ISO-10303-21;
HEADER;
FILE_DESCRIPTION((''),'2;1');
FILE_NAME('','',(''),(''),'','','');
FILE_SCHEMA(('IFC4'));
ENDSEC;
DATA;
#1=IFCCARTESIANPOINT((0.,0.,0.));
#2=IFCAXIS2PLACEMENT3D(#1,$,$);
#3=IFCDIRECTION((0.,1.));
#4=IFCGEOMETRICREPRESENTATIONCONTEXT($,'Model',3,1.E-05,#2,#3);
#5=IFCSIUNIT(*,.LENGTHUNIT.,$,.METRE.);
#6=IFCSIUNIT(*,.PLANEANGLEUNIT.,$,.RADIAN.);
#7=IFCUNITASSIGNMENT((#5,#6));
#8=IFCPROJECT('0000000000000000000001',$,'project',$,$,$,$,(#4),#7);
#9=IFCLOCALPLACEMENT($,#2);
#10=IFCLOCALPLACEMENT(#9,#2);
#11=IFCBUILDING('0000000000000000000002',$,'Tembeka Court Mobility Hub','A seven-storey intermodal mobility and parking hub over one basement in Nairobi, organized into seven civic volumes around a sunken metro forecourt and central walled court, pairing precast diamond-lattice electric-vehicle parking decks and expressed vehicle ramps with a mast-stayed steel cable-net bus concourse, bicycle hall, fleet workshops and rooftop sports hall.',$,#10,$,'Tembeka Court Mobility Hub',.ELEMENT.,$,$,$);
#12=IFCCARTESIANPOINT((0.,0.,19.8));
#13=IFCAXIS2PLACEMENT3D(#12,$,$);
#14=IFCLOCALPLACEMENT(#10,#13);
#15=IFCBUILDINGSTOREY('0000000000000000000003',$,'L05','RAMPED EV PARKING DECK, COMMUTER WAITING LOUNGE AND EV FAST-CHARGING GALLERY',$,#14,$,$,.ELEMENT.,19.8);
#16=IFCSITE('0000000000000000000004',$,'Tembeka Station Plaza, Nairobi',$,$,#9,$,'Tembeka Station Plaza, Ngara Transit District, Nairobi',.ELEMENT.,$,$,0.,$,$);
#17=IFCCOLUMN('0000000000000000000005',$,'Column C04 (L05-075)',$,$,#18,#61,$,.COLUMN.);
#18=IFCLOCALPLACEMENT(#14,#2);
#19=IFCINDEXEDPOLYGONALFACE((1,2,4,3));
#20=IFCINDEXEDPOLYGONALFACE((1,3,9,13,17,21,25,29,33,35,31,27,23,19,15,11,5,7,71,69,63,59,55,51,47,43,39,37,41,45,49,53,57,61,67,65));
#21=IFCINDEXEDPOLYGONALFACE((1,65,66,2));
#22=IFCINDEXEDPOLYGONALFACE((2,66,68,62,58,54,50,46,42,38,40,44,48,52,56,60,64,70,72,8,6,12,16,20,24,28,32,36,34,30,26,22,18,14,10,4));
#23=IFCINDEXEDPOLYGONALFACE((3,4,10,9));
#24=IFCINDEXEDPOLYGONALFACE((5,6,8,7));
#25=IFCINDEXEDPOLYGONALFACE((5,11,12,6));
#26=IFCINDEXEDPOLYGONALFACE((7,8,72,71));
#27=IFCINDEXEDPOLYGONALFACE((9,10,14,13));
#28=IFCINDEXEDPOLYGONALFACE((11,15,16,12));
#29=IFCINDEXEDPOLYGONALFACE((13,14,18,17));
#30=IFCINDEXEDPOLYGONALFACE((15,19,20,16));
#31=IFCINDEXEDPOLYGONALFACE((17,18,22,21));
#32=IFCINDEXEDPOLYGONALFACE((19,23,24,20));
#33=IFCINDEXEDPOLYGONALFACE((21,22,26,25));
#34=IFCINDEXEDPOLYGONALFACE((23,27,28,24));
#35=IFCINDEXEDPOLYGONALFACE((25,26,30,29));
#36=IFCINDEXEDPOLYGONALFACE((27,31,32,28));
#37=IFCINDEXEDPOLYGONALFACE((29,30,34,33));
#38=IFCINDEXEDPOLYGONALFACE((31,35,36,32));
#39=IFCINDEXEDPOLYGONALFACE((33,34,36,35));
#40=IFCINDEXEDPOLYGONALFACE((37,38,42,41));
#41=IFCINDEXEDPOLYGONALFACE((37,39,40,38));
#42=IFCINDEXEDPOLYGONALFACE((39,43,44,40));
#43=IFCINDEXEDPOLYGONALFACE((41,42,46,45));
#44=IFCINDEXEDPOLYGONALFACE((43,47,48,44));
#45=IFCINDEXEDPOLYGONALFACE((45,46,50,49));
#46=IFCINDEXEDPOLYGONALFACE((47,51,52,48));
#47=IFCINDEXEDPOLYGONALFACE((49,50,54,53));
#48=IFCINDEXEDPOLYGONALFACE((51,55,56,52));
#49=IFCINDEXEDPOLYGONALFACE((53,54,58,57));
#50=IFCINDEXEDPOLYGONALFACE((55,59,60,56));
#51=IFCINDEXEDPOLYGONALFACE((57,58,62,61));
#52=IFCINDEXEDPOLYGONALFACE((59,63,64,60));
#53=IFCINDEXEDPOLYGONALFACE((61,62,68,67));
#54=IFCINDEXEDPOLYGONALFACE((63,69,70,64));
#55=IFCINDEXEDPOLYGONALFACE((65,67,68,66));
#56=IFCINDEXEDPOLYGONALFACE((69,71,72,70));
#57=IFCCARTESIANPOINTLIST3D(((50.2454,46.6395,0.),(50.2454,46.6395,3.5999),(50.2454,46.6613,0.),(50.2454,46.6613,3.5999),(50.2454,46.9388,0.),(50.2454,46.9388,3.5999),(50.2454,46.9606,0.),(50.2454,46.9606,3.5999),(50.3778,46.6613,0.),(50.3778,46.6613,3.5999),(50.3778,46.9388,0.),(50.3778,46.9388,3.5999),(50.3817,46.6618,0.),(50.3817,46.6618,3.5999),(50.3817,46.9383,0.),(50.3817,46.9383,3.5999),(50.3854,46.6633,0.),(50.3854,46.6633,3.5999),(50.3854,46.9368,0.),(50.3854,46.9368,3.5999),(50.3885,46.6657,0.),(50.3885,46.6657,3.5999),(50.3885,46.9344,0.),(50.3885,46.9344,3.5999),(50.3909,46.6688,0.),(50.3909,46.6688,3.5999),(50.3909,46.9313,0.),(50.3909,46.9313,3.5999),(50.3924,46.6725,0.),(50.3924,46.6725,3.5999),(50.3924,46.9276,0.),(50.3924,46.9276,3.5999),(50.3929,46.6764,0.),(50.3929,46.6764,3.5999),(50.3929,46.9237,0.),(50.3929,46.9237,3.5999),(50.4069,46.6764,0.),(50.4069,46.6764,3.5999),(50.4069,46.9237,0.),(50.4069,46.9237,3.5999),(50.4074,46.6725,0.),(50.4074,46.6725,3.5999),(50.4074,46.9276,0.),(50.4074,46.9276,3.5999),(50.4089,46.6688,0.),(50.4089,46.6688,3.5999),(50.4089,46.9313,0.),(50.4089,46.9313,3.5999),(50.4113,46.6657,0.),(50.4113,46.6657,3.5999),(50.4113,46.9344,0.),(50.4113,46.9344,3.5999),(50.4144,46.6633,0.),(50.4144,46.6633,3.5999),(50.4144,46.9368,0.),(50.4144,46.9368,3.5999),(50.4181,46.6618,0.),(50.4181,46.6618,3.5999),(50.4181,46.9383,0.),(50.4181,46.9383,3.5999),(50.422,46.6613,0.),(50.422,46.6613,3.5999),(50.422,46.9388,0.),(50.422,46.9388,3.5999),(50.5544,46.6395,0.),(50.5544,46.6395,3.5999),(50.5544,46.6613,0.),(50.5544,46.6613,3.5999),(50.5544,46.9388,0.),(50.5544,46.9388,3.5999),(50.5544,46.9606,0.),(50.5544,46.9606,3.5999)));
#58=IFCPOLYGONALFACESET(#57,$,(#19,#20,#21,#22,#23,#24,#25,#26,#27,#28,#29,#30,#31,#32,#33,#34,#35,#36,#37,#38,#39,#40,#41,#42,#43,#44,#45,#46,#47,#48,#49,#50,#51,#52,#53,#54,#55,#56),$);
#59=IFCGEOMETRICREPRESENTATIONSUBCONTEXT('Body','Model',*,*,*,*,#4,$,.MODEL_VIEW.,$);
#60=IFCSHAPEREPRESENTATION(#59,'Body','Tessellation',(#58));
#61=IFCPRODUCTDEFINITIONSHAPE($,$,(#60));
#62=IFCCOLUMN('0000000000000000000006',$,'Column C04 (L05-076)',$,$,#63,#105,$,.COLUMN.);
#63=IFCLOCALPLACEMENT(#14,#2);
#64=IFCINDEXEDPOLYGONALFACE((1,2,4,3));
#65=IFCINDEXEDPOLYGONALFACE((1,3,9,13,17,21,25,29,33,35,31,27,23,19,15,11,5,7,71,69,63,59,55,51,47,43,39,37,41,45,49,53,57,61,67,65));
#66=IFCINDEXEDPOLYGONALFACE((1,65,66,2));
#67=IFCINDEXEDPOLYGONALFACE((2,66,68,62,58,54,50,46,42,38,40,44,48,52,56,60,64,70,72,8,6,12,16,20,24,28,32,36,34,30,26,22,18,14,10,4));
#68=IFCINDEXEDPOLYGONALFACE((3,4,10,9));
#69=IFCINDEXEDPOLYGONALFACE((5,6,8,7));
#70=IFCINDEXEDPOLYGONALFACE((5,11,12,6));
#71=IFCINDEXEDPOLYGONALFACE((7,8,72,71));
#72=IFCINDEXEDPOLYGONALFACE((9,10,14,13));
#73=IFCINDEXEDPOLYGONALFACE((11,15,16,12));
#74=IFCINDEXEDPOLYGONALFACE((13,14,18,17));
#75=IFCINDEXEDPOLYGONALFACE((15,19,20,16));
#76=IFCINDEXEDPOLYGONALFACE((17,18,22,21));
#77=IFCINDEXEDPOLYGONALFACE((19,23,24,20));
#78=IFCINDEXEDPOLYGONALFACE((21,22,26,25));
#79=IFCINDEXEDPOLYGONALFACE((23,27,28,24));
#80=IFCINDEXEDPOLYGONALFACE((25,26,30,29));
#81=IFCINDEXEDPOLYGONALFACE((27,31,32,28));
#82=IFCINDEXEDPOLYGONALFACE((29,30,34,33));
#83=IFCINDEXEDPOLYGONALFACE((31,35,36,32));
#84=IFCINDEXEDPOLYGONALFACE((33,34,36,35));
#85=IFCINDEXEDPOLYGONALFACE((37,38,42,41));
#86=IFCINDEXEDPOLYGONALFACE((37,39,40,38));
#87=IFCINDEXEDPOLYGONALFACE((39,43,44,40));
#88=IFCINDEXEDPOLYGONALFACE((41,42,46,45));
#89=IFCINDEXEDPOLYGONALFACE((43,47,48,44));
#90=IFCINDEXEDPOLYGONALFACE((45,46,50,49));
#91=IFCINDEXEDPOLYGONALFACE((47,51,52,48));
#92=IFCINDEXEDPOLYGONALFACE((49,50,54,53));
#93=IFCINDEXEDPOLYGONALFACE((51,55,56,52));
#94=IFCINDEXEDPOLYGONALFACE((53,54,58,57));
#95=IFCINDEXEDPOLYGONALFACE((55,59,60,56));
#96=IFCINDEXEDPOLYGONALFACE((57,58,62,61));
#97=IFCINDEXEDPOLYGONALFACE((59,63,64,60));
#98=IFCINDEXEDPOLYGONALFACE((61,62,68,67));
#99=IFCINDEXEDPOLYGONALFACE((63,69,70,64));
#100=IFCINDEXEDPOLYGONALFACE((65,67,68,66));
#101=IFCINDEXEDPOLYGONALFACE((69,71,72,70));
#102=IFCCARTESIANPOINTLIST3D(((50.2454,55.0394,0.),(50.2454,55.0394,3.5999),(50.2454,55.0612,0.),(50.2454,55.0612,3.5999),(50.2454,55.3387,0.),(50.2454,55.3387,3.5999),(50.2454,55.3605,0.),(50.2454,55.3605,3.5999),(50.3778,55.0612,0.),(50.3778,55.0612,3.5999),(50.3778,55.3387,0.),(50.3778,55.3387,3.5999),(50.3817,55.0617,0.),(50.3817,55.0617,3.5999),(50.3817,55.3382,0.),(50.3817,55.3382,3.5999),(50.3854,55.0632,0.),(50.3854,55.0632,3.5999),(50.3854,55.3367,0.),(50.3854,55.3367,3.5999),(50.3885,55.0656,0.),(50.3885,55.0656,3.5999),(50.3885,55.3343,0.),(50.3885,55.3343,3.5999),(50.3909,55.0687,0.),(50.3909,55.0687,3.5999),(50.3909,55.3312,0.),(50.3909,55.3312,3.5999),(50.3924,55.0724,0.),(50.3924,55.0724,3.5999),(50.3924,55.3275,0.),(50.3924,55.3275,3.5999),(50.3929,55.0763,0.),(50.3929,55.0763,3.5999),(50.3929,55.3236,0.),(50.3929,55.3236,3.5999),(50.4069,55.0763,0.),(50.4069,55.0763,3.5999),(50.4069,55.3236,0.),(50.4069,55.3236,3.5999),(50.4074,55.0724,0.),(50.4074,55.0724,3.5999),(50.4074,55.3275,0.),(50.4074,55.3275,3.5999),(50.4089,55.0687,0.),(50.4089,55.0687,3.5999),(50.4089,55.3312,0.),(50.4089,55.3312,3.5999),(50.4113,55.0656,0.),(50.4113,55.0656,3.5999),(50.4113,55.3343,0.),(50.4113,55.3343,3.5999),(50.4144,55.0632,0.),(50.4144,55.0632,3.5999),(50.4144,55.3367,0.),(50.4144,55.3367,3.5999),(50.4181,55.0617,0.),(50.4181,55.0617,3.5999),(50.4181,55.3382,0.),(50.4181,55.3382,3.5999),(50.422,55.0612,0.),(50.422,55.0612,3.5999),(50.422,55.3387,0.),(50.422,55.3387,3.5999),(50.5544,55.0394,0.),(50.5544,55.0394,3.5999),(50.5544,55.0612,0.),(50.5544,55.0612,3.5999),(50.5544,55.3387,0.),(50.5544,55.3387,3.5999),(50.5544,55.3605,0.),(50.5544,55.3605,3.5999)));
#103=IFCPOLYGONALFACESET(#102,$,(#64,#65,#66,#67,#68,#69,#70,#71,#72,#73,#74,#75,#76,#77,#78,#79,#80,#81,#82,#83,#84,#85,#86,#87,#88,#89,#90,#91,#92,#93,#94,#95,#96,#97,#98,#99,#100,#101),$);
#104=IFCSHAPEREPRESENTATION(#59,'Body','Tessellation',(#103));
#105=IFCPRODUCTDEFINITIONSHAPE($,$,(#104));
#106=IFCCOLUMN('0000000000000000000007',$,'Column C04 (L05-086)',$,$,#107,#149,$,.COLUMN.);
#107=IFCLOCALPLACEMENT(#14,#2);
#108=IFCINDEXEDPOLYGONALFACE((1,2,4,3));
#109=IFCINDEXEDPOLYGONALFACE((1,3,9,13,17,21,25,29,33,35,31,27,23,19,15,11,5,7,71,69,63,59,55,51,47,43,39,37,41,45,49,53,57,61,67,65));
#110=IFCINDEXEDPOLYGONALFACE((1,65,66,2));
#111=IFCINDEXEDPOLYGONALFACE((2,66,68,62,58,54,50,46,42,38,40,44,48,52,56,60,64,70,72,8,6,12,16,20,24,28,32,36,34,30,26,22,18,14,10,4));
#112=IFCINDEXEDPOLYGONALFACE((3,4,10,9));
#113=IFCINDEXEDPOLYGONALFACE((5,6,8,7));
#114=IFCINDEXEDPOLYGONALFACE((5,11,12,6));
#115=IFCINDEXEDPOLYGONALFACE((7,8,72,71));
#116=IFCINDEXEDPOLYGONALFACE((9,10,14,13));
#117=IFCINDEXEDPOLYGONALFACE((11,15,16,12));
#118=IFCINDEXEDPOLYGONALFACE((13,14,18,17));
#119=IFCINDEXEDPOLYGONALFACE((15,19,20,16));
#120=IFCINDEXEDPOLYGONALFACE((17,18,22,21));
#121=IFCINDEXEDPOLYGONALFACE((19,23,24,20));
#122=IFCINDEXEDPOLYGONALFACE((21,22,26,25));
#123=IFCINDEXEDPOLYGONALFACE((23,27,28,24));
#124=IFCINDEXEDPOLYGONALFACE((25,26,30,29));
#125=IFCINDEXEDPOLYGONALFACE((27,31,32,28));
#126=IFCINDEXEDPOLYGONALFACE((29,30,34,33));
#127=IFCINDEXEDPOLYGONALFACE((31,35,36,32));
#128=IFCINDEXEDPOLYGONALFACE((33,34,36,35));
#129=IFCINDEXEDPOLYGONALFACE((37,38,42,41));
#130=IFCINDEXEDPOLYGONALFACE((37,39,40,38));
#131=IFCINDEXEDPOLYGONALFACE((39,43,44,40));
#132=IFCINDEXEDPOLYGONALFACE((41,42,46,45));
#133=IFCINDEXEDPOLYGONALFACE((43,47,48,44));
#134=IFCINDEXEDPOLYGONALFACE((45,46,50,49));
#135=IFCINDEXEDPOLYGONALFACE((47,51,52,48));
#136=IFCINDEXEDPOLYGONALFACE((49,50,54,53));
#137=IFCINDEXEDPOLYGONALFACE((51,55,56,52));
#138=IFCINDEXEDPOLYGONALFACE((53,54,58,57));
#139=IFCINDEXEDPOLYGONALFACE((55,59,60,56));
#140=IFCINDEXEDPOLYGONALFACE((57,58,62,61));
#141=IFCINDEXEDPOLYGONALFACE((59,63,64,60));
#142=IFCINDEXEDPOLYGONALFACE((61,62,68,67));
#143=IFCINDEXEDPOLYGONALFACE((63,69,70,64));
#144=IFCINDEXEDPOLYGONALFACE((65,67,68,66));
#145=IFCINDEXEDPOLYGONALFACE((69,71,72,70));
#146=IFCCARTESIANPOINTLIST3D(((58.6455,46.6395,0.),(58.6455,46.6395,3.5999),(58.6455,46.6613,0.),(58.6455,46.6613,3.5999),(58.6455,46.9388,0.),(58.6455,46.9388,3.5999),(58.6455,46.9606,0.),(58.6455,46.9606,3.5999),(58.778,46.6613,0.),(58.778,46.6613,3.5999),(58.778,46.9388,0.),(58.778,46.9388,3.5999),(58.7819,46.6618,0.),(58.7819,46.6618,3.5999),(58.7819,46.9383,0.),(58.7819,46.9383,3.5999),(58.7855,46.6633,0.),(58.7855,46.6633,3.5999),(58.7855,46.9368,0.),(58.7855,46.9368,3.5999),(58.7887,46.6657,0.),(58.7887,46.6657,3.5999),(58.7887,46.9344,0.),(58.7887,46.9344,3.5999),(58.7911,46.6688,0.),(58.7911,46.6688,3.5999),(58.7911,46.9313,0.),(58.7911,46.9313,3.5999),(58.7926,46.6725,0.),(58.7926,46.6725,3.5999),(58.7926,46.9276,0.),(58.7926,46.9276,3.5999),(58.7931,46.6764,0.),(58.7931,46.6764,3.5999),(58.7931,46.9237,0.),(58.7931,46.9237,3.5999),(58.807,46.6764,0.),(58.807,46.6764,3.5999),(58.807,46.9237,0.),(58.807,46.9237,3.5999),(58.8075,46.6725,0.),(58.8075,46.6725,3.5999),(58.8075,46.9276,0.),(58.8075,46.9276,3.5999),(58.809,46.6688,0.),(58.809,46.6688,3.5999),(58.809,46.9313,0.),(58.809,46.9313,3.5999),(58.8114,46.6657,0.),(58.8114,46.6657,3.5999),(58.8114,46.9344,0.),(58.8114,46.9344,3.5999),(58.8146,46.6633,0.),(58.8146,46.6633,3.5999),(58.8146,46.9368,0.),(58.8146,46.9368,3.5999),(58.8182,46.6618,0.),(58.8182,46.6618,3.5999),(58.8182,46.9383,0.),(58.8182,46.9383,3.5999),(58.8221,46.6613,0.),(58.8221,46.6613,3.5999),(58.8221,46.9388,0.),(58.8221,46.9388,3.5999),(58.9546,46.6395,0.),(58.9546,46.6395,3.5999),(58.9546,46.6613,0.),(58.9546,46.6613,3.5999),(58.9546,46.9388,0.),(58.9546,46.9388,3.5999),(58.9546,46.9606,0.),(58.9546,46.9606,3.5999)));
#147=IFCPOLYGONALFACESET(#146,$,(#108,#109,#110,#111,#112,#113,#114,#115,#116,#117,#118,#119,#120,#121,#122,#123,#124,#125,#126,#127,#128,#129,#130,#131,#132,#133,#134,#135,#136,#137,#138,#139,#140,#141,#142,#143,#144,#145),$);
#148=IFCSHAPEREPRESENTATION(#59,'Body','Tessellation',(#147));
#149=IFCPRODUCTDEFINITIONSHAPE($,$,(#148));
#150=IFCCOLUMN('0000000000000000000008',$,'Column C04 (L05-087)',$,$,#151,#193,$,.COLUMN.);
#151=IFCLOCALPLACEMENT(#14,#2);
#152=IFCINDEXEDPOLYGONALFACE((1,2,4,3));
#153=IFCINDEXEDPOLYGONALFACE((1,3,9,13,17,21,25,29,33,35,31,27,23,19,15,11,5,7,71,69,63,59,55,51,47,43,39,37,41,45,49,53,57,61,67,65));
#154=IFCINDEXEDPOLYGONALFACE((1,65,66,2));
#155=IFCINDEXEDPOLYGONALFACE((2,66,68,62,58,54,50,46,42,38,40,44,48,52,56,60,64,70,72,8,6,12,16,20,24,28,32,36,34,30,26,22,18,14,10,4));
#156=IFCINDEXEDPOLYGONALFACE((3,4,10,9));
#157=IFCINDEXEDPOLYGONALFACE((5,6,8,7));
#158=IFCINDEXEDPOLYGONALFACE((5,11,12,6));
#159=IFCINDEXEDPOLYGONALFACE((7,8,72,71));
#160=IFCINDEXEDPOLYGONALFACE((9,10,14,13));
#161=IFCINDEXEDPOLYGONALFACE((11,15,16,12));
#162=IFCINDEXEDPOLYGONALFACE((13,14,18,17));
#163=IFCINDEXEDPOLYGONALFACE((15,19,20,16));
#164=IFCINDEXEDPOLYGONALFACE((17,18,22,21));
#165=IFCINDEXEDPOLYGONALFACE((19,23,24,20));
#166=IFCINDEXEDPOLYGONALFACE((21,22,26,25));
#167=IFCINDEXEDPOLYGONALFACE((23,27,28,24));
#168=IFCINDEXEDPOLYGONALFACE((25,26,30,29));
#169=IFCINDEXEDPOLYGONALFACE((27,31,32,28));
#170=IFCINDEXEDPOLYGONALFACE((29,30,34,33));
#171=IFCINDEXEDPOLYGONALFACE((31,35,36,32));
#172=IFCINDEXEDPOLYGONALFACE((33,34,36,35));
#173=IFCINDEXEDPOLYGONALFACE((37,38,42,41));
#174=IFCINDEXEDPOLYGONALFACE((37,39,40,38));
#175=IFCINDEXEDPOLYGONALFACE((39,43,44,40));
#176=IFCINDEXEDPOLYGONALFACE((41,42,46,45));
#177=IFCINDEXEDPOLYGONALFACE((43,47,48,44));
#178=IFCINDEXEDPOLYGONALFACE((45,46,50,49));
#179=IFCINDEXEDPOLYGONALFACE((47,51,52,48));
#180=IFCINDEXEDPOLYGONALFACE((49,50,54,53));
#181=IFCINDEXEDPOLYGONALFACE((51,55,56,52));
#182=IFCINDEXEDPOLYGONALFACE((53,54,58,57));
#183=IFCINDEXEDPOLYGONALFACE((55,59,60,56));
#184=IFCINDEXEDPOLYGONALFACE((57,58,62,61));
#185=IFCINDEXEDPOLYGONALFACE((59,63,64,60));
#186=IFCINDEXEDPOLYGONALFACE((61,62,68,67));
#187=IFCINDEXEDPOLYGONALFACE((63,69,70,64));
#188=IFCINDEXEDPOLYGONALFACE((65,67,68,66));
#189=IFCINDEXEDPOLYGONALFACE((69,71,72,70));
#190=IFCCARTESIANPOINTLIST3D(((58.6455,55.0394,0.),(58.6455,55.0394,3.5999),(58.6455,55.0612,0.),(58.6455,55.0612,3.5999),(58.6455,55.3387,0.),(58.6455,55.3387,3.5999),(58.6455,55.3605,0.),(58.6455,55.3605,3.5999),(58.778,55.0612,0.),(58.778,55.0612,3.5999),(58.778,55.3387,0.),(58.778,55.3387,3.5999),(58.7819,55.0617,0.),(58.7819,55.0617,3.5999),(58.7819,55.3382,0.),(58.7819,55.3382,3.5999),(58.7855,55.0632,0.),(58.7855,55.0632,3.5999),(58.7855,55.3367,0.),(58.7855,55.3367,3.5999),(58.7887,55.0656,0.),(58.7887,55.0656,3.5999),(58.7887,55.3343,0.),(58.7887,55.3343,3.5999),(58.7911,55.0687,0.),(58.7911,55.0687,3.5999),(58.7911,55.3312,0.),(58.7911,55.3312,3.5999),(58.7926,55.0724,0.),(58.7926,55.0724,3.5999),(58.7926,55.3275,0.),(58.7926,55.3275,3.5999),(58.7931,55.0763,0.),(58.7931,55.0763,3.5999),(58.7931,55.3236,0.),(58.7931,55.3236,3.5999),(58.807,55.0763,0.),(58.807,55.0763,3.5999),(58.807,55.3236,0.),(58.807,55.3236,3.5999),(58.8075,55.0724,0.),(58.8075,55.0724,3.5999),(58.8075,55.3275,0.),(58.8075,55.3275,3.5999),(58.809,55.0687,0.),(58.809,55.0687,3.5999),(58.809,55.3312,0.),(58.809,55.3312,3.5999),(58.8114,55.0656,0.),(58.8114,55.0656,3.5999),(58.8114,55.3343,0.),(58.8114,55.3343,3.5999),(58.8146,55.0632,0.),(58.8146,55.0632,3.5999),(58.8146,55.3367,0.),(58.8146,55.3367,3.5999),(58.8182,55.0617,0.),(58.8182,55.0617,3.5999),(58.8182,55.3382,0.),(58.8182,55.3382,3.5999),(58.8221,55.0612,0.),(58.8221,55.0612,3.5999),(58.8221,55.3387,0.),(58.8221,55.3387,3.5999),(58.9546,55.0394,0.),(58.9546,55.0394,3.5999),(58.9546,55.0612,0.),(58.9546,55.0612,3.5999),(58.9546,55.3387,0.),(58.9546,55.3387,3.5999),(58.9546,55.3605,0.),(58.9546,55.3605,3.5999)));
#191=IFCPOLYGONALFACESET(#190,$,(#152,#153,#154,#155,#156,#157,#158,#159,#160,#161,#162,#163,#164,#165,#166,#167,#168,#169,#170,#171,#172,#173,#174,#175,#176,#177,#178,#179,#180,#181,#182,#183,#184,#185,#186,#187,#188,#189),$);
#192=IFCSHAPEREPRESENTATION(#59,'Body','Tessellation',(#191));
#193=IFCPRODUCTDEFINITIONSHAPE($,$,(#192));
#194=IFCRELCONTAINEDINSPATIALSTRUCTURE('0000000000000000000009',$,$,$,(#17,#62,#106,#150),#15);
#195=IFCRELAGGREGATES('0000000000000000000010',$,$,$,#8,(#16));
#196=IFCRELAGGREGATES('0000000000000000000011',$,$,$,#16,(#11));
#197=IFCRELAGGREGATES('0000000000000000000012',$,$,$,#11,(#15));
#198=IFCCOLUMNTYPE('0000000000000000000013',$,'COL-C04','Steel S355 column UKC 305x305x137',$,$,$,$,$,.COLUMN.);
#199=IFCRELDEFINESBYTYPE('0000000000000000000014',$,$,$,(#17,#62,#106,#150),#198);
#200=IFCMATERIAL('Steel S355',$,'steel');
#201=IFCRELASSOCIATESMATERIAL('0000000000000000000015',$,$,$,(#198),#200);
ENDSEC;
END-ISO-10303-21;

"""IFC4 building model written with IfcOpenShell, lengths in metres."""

from ifc_helpers import new_model, si_unit, direction, frame, origin, origin_2d, place, context, subcontext, project, spatial, i_section, extrude, material, material_profile, profile_set, type_object, element, save


model = new_model("IFC4")

# Units and contexts
model_context = context("Model", 3, precision=1e-05, world=origin(), true_north=direction((0.0, 1.0)))
body_context = subcontext(model_context, "Body", "Model", "MODEL_VIEW")
ifc_project = project(units=[si_unit("LENGTHUNIT", "METRE"), si_unit("PLANEANGLEUNIT", "RADIAN")], contexts=[model_context])

# Site, building, storey
site_placement = place(None, origin())
site = spatial("IfcSite", under=ifc_project, at=site_placement, Name="Tembeka Station Plaza, Nairobi", LongName="Tembeka Station Plaza, Ngara Transit District, Nairobi", CompositionType="ELEMENT", RefElevation=0.0)
building_placement = place(site_placement, origin())
building = spatial("IfcBuilding", under=site, at=building_placement, Name="Tembeka Court Mobility Hub", Description="A seven-storey intermodal mobility and parking hub over one basement in Nairobi, organized into seven civic volumes around a sunken metro forecourt and central walled court, pairing precast diamond-lattice electric-vehicle parking decks and expressed vehicle ramps with a mast-stayed steel cable-net bus concourse, bicycle hall, fleet workshops and rooftop sports hall.", LongName="Tembeka Court Mobility Hub", CompositionType="ELEMENT")
storey_placement = place(building_placement, frame((0.0, 0.0, 19.8)))
storey = spatial("IfcBuildingStorey", under=building, at=storey_placement, Name="L05", Description="RAMPED EV PARKING DECK, COMMUTER WAITING LOUNGE AND EV FAST-CHARGING GALLERY", CompositionType="ELEMENT", Elevation=19.8)

# Columns
ifc_material_1 = material(Name="Steel S355", Category="steel")
ifc_material_profile_1 = material_profile(ifc_material_1, i_section(OverallWidth=0.3091, OverallDepth=0.321, WebThickness=0.0139, FlangeThickness=0.0217, FilletRadius=0.0151, at=origin_2d()), Name="UKC 305x305x137")
ifc_profile_set_1 = profile_set([ifc_material_profile_1], Name="Steel S355")
column_type = type_object("IfcColumnType", Name="COL-C04", Description="Steel S355 column UKC 305x305x137", PredefinedType="COLUMN", material=ifc_profile_set_1)
for number, where, z_axis, x_axis, name in (
    (1, (50.3999, 46.8, 0.0), (0.0, 0.0, 1.0), (1.0, 0.0, 0.0), "Column C04 (L05-075)"),
    (2, (50.3999, 55.2, 0.0), (0.0, 0.0, 1.0), (1.0, 0.0, 0.0), "Column C04 (L05-076)"),
    (3, (58.8, 46.8, 0.0), (0.0, 0.0, 1.0), (1.0, 0.0, 0.0), "Column C04 (L05-086)"),
    (4, (58.8, 55.2, 0.0), (0.0, 0.0, 1.0), (1.0, 0.0, 0.0), "Column C04 (L05-087)"),
):
    element("IfcColumn", number, at=place(storey_placement, frame(where, z_axis=z_axis, x_axis=x_axis)), inside=storey, type_object=column_type, Name=name, PredefinedType="COLUMN", context=body_context, shape_type="SweptSolid", body=[
        extrude(i_section(OverallWidth=0.3091, OverallDepth=0.321, WebThickness=0.0139, FlangeThickness=0.0217, FilletRadius=0.0151, at=origin_2d()), origin(), (0.0, 0.0, 1.0), 3.5999),
    ])

save(model, "model.ifc")
